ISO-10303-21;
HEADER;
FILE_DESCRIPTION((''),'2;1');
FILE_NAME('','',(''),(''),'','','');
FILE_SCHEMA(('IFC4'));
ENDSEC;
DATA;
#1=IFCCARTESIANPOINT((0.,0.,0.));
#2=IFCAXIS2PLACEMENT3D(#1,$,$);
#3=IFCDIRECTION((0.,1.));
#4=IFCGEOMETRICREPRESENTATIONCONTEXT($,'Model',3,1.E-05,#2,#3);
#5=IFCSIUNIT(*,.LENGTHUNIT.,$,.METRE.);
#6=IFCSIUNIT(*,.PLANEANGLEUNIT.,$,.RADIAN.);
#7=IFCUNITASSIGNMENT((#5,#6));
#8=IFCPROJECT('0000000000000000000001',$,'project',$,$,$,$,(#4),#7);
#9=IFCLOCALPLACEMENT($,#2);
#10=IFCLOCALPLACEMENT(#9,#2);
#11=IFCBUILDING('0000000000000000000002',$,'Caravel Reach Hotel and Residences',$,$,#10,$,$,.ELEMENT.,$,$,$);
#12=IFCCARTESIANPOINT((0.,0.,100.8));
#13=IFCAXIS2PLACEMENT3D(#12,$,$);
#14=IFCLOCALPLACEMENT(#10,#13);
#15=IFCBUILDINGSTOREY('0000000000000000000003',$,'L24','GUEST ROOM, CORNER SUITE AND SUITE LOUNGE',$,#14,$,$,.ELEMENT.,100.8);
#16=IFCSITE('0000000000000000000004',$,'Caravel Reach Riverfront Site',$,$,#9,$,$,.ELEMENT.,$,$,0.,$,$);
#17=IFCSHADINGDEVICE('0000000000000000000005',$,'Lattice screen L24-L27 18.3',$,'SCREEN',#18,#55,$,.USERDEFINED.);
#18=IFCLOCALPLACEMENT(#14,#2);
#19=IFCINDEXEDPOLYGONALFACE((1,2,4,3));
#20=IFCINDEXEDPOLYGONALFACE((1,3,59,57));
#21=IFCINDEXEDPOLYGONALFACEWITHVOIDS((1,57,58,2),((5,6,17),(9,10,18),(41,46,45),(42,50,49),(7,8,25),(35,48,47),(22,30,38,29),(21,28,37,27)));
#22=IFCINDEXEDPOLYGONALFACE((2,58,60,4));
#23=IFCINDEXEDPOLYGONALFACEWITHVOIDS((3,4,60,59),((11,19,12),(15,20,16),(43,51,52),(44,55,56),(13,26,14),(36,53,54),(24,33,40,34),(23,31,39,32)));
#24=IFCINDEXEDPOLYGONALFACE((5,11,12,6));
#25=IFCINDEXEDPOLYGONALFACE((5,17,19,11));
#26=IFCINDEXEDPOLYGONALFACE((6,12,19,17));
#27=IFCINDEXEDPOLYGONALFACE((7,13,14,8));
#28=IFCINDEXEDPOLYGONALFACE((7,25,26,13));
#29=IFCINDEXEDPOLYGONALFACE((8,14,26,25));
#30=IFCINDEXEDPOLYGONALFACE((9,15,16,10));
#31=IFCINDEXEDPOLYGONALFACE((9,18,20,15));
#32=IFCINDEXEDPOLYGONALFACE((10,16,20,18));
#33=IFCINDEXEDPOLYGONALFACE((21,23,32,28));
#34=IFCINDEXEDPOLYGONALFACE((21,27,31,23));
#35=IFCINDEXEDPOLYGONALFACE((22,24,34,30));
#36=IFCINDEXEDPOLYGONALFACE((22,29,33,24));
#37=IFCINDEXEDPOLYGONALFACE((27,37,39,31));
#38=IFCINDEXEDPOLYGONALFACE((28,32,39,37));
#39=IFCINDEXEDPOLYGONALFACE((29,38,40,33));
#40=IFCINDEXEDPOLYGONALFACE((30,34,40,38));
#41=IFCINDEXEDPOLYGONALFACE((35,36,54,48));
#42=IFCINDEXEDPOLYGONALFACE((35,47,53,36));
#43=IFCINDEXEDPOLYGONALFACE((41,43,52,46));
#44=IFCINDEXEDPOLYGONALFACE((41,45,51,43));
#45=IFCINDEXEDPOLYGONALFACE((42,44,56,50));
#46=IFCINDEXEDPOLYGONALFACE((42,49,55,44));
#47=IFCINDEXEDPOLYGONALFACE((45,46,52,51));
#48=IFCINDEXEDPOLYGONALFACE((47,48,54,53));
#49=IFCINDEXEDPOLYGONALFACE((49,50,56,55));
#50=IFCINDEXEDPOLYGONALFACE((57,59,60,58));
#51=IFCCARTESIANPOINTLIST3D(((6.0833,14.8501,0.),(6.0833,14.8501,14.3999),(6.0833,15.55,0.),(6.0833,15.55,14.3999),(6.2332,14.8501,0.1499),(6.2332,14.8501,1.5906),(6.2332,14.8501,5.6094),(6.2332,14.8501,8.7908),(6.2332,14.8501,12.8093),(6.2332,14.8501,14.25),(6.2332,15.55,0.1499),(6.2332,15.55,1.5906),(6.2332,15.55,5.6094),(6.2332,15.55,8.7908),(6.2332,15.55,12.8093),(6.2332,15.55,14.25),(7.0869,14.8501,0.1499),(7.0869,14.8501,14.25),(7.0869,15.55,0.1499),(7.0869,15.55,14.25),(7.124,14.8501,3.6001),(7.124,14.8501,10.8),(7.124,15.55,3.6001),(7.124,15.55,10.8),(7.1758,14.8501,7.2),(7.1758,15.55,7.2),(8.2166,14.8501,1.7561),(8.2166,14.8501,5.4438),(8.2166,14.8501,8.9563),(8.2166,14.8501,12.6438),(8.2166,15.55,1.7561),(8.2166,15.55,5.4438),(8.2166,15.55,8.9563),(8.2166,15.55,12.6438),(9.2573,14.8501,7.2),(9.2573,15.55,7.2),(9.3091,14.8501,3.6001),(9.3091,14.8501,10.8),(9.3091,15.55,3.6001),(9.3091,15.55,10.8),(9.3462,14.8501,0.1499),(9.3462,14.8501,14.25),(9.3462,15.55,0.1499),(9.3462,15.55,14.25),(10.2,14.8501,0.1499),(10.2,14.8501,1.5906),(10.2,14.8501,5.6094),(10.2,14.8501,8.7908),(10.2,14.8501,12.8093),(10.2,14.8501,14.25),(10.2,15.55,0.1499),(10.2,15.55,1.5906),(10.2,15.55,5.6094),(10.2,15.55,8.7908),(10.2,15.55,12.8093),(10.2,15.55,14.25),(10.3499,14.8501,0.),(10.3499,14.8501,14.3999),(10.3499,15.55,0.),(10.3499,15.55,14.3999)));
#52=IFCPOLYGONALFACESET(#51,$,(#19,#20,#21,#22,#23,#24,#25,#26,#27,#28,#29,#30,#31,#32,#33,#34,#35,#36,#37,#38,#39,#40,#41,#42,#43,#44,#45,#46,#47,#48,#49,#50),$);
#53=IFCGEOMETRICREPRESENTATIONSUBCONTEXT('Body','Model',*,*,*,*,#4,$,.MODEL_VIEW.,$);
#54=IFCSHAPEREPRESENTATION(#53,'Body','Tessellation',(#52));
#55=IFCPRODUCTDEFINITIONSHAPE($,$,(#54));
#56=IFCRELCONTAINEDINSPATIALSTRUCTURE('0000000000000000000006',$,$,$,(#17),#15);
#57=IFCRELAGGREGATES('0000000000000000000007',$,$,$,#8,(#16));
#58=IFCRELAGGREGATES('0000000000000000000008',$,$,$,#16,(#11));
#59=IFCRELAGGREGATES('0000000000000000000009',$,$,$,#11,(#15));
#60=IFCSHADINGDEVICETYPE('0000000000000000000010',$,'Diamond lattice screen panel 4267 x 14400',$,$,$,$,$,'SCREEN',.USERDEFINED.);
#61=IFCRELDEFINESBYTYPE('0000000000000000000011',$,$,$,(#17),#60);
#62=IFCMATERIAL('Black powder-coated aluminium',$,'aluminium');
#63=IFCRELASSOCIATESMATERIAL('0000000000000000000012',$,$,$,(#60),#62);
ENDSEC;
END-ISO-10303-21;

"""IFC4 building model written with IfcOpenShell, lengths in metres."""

from ifc_helpers import new_model, si_unit, direction, frame, origin, place, context, subcontext, project, spatial, polyline, outline, extrude, material, type_object, element, save


model = new_model("IFC4")

# Units and contexts
model_context = context("Model", 3, precision=1e-05, world=origin(), true_north=direction((0.0, 1.0)))
body_context = subcontext(model_context, "Body", "Model", "MODEL_VIEW")
ifc_project = project(units=[si_unit("LENGTHUNIT", "METRE"), si_unit("PLANEANGLEUNIT", "RADIAN")], contexts=[model_context])

# Site, building, storey
site_placement = place(None, origin())
site = spatial("IfcSite", under=ifc_project, at=site_placement, Name="Caravel Reach Riverfront Site", CompositionType="ELEMENT", RefElevation=0.0)
building_placement = place(site_placement, origin())
building = spatial("IfcBuilding", under=site, at=building_placement, Name="Caravel Reach Hotel and Residences", CompositionType="ELEMENT")
storey_placement = place(building_placement, frame((0.0, 0.0, 100.8)))
storey = spatial("IfcBuildingStorey", under=building, at=storey_placement, Name="L24", Description="GUEST ROOM, CORNER SUITE AND SUITE LOUNGE", CompositionType="ELEMENT", Elevation=100.8)

# Shading device
ifc_material_1 = material(Name="Black powder-coated aluminium", Category="aluminium")
shading_device_type_1 = type_object("IfcShadingDeviceType", Name="Diamond lattice screen panel 4267 x 14400", ElementType="SCREEN", PredefinedType="USERDEFINED", material=ifc_material_1)
for number, where, z_axis, x_axis, name in (
    (1, (6.0833, 15.55, 0.0), (0.0, -1.0, 0.0), (1.0, 0.0, 0.0), "Lattice screen L24-L27 18.3"),
):
    element("IfcShadingDevice", number, at=place(storey_placement, frame(where, z_axis=z_axis, x_axis=x_axis)), inside=storey, type_object=shading_device_type_1, Name=name, ObjectType="SCREEN", PredefinedType="USERDEFINED", context=body_context, shape_type="SweptSolid", body=[
        extrude(outline(polyline([(0.0, 0.0), (4.2666, 0.0), (4.2666, 14.3999), (0.0, 14.3999), (0.0, 0.0)]), holes=[polyline([(1.0037, 0.1499), (0.1499, 1.5906), (0.1499, 0.1499), (1.0037, 0.1499)]), polyline([(1.0925, 7.2), (0.1499, 8.7908), (0.1499, 5.6094), (1.0925, 7.2)]), polyline([(0.1499, 12.8093), (1.0037, 14.25), (0.1499, 14.25), (0.1499, 12.8093)]), polyline([(2.1333, 5.4438), (1.0408, 3.6001), (2.1333, 1.7561), (3.2258, 3.6001), (2.1333, 5.4438)]), polyline([(2.1333, 12.6438), (1.0408, 10.8), (2.1333, 8.9563), (3.2258, 10.8), (2.1333, 12.6438)]), polyline([(4.1167, 1.5906), (3.2629, 0.1499), (4.1167, 0.1499), (4.1167, 1.5906)]), polyline([(3.1741, 7.2), (4.1167, 5.6094), (4.1167, 8.7908), (3.1741, 7.2)]), polyline([(3.2629, 14.25), (4.1167, 12.8093), (4.1167, 14.25), (3.2629, 14.25)])]), origin(), (0.0, 0.0, 1.0), 0.7),
    ])

save(model, "model.ifc")
